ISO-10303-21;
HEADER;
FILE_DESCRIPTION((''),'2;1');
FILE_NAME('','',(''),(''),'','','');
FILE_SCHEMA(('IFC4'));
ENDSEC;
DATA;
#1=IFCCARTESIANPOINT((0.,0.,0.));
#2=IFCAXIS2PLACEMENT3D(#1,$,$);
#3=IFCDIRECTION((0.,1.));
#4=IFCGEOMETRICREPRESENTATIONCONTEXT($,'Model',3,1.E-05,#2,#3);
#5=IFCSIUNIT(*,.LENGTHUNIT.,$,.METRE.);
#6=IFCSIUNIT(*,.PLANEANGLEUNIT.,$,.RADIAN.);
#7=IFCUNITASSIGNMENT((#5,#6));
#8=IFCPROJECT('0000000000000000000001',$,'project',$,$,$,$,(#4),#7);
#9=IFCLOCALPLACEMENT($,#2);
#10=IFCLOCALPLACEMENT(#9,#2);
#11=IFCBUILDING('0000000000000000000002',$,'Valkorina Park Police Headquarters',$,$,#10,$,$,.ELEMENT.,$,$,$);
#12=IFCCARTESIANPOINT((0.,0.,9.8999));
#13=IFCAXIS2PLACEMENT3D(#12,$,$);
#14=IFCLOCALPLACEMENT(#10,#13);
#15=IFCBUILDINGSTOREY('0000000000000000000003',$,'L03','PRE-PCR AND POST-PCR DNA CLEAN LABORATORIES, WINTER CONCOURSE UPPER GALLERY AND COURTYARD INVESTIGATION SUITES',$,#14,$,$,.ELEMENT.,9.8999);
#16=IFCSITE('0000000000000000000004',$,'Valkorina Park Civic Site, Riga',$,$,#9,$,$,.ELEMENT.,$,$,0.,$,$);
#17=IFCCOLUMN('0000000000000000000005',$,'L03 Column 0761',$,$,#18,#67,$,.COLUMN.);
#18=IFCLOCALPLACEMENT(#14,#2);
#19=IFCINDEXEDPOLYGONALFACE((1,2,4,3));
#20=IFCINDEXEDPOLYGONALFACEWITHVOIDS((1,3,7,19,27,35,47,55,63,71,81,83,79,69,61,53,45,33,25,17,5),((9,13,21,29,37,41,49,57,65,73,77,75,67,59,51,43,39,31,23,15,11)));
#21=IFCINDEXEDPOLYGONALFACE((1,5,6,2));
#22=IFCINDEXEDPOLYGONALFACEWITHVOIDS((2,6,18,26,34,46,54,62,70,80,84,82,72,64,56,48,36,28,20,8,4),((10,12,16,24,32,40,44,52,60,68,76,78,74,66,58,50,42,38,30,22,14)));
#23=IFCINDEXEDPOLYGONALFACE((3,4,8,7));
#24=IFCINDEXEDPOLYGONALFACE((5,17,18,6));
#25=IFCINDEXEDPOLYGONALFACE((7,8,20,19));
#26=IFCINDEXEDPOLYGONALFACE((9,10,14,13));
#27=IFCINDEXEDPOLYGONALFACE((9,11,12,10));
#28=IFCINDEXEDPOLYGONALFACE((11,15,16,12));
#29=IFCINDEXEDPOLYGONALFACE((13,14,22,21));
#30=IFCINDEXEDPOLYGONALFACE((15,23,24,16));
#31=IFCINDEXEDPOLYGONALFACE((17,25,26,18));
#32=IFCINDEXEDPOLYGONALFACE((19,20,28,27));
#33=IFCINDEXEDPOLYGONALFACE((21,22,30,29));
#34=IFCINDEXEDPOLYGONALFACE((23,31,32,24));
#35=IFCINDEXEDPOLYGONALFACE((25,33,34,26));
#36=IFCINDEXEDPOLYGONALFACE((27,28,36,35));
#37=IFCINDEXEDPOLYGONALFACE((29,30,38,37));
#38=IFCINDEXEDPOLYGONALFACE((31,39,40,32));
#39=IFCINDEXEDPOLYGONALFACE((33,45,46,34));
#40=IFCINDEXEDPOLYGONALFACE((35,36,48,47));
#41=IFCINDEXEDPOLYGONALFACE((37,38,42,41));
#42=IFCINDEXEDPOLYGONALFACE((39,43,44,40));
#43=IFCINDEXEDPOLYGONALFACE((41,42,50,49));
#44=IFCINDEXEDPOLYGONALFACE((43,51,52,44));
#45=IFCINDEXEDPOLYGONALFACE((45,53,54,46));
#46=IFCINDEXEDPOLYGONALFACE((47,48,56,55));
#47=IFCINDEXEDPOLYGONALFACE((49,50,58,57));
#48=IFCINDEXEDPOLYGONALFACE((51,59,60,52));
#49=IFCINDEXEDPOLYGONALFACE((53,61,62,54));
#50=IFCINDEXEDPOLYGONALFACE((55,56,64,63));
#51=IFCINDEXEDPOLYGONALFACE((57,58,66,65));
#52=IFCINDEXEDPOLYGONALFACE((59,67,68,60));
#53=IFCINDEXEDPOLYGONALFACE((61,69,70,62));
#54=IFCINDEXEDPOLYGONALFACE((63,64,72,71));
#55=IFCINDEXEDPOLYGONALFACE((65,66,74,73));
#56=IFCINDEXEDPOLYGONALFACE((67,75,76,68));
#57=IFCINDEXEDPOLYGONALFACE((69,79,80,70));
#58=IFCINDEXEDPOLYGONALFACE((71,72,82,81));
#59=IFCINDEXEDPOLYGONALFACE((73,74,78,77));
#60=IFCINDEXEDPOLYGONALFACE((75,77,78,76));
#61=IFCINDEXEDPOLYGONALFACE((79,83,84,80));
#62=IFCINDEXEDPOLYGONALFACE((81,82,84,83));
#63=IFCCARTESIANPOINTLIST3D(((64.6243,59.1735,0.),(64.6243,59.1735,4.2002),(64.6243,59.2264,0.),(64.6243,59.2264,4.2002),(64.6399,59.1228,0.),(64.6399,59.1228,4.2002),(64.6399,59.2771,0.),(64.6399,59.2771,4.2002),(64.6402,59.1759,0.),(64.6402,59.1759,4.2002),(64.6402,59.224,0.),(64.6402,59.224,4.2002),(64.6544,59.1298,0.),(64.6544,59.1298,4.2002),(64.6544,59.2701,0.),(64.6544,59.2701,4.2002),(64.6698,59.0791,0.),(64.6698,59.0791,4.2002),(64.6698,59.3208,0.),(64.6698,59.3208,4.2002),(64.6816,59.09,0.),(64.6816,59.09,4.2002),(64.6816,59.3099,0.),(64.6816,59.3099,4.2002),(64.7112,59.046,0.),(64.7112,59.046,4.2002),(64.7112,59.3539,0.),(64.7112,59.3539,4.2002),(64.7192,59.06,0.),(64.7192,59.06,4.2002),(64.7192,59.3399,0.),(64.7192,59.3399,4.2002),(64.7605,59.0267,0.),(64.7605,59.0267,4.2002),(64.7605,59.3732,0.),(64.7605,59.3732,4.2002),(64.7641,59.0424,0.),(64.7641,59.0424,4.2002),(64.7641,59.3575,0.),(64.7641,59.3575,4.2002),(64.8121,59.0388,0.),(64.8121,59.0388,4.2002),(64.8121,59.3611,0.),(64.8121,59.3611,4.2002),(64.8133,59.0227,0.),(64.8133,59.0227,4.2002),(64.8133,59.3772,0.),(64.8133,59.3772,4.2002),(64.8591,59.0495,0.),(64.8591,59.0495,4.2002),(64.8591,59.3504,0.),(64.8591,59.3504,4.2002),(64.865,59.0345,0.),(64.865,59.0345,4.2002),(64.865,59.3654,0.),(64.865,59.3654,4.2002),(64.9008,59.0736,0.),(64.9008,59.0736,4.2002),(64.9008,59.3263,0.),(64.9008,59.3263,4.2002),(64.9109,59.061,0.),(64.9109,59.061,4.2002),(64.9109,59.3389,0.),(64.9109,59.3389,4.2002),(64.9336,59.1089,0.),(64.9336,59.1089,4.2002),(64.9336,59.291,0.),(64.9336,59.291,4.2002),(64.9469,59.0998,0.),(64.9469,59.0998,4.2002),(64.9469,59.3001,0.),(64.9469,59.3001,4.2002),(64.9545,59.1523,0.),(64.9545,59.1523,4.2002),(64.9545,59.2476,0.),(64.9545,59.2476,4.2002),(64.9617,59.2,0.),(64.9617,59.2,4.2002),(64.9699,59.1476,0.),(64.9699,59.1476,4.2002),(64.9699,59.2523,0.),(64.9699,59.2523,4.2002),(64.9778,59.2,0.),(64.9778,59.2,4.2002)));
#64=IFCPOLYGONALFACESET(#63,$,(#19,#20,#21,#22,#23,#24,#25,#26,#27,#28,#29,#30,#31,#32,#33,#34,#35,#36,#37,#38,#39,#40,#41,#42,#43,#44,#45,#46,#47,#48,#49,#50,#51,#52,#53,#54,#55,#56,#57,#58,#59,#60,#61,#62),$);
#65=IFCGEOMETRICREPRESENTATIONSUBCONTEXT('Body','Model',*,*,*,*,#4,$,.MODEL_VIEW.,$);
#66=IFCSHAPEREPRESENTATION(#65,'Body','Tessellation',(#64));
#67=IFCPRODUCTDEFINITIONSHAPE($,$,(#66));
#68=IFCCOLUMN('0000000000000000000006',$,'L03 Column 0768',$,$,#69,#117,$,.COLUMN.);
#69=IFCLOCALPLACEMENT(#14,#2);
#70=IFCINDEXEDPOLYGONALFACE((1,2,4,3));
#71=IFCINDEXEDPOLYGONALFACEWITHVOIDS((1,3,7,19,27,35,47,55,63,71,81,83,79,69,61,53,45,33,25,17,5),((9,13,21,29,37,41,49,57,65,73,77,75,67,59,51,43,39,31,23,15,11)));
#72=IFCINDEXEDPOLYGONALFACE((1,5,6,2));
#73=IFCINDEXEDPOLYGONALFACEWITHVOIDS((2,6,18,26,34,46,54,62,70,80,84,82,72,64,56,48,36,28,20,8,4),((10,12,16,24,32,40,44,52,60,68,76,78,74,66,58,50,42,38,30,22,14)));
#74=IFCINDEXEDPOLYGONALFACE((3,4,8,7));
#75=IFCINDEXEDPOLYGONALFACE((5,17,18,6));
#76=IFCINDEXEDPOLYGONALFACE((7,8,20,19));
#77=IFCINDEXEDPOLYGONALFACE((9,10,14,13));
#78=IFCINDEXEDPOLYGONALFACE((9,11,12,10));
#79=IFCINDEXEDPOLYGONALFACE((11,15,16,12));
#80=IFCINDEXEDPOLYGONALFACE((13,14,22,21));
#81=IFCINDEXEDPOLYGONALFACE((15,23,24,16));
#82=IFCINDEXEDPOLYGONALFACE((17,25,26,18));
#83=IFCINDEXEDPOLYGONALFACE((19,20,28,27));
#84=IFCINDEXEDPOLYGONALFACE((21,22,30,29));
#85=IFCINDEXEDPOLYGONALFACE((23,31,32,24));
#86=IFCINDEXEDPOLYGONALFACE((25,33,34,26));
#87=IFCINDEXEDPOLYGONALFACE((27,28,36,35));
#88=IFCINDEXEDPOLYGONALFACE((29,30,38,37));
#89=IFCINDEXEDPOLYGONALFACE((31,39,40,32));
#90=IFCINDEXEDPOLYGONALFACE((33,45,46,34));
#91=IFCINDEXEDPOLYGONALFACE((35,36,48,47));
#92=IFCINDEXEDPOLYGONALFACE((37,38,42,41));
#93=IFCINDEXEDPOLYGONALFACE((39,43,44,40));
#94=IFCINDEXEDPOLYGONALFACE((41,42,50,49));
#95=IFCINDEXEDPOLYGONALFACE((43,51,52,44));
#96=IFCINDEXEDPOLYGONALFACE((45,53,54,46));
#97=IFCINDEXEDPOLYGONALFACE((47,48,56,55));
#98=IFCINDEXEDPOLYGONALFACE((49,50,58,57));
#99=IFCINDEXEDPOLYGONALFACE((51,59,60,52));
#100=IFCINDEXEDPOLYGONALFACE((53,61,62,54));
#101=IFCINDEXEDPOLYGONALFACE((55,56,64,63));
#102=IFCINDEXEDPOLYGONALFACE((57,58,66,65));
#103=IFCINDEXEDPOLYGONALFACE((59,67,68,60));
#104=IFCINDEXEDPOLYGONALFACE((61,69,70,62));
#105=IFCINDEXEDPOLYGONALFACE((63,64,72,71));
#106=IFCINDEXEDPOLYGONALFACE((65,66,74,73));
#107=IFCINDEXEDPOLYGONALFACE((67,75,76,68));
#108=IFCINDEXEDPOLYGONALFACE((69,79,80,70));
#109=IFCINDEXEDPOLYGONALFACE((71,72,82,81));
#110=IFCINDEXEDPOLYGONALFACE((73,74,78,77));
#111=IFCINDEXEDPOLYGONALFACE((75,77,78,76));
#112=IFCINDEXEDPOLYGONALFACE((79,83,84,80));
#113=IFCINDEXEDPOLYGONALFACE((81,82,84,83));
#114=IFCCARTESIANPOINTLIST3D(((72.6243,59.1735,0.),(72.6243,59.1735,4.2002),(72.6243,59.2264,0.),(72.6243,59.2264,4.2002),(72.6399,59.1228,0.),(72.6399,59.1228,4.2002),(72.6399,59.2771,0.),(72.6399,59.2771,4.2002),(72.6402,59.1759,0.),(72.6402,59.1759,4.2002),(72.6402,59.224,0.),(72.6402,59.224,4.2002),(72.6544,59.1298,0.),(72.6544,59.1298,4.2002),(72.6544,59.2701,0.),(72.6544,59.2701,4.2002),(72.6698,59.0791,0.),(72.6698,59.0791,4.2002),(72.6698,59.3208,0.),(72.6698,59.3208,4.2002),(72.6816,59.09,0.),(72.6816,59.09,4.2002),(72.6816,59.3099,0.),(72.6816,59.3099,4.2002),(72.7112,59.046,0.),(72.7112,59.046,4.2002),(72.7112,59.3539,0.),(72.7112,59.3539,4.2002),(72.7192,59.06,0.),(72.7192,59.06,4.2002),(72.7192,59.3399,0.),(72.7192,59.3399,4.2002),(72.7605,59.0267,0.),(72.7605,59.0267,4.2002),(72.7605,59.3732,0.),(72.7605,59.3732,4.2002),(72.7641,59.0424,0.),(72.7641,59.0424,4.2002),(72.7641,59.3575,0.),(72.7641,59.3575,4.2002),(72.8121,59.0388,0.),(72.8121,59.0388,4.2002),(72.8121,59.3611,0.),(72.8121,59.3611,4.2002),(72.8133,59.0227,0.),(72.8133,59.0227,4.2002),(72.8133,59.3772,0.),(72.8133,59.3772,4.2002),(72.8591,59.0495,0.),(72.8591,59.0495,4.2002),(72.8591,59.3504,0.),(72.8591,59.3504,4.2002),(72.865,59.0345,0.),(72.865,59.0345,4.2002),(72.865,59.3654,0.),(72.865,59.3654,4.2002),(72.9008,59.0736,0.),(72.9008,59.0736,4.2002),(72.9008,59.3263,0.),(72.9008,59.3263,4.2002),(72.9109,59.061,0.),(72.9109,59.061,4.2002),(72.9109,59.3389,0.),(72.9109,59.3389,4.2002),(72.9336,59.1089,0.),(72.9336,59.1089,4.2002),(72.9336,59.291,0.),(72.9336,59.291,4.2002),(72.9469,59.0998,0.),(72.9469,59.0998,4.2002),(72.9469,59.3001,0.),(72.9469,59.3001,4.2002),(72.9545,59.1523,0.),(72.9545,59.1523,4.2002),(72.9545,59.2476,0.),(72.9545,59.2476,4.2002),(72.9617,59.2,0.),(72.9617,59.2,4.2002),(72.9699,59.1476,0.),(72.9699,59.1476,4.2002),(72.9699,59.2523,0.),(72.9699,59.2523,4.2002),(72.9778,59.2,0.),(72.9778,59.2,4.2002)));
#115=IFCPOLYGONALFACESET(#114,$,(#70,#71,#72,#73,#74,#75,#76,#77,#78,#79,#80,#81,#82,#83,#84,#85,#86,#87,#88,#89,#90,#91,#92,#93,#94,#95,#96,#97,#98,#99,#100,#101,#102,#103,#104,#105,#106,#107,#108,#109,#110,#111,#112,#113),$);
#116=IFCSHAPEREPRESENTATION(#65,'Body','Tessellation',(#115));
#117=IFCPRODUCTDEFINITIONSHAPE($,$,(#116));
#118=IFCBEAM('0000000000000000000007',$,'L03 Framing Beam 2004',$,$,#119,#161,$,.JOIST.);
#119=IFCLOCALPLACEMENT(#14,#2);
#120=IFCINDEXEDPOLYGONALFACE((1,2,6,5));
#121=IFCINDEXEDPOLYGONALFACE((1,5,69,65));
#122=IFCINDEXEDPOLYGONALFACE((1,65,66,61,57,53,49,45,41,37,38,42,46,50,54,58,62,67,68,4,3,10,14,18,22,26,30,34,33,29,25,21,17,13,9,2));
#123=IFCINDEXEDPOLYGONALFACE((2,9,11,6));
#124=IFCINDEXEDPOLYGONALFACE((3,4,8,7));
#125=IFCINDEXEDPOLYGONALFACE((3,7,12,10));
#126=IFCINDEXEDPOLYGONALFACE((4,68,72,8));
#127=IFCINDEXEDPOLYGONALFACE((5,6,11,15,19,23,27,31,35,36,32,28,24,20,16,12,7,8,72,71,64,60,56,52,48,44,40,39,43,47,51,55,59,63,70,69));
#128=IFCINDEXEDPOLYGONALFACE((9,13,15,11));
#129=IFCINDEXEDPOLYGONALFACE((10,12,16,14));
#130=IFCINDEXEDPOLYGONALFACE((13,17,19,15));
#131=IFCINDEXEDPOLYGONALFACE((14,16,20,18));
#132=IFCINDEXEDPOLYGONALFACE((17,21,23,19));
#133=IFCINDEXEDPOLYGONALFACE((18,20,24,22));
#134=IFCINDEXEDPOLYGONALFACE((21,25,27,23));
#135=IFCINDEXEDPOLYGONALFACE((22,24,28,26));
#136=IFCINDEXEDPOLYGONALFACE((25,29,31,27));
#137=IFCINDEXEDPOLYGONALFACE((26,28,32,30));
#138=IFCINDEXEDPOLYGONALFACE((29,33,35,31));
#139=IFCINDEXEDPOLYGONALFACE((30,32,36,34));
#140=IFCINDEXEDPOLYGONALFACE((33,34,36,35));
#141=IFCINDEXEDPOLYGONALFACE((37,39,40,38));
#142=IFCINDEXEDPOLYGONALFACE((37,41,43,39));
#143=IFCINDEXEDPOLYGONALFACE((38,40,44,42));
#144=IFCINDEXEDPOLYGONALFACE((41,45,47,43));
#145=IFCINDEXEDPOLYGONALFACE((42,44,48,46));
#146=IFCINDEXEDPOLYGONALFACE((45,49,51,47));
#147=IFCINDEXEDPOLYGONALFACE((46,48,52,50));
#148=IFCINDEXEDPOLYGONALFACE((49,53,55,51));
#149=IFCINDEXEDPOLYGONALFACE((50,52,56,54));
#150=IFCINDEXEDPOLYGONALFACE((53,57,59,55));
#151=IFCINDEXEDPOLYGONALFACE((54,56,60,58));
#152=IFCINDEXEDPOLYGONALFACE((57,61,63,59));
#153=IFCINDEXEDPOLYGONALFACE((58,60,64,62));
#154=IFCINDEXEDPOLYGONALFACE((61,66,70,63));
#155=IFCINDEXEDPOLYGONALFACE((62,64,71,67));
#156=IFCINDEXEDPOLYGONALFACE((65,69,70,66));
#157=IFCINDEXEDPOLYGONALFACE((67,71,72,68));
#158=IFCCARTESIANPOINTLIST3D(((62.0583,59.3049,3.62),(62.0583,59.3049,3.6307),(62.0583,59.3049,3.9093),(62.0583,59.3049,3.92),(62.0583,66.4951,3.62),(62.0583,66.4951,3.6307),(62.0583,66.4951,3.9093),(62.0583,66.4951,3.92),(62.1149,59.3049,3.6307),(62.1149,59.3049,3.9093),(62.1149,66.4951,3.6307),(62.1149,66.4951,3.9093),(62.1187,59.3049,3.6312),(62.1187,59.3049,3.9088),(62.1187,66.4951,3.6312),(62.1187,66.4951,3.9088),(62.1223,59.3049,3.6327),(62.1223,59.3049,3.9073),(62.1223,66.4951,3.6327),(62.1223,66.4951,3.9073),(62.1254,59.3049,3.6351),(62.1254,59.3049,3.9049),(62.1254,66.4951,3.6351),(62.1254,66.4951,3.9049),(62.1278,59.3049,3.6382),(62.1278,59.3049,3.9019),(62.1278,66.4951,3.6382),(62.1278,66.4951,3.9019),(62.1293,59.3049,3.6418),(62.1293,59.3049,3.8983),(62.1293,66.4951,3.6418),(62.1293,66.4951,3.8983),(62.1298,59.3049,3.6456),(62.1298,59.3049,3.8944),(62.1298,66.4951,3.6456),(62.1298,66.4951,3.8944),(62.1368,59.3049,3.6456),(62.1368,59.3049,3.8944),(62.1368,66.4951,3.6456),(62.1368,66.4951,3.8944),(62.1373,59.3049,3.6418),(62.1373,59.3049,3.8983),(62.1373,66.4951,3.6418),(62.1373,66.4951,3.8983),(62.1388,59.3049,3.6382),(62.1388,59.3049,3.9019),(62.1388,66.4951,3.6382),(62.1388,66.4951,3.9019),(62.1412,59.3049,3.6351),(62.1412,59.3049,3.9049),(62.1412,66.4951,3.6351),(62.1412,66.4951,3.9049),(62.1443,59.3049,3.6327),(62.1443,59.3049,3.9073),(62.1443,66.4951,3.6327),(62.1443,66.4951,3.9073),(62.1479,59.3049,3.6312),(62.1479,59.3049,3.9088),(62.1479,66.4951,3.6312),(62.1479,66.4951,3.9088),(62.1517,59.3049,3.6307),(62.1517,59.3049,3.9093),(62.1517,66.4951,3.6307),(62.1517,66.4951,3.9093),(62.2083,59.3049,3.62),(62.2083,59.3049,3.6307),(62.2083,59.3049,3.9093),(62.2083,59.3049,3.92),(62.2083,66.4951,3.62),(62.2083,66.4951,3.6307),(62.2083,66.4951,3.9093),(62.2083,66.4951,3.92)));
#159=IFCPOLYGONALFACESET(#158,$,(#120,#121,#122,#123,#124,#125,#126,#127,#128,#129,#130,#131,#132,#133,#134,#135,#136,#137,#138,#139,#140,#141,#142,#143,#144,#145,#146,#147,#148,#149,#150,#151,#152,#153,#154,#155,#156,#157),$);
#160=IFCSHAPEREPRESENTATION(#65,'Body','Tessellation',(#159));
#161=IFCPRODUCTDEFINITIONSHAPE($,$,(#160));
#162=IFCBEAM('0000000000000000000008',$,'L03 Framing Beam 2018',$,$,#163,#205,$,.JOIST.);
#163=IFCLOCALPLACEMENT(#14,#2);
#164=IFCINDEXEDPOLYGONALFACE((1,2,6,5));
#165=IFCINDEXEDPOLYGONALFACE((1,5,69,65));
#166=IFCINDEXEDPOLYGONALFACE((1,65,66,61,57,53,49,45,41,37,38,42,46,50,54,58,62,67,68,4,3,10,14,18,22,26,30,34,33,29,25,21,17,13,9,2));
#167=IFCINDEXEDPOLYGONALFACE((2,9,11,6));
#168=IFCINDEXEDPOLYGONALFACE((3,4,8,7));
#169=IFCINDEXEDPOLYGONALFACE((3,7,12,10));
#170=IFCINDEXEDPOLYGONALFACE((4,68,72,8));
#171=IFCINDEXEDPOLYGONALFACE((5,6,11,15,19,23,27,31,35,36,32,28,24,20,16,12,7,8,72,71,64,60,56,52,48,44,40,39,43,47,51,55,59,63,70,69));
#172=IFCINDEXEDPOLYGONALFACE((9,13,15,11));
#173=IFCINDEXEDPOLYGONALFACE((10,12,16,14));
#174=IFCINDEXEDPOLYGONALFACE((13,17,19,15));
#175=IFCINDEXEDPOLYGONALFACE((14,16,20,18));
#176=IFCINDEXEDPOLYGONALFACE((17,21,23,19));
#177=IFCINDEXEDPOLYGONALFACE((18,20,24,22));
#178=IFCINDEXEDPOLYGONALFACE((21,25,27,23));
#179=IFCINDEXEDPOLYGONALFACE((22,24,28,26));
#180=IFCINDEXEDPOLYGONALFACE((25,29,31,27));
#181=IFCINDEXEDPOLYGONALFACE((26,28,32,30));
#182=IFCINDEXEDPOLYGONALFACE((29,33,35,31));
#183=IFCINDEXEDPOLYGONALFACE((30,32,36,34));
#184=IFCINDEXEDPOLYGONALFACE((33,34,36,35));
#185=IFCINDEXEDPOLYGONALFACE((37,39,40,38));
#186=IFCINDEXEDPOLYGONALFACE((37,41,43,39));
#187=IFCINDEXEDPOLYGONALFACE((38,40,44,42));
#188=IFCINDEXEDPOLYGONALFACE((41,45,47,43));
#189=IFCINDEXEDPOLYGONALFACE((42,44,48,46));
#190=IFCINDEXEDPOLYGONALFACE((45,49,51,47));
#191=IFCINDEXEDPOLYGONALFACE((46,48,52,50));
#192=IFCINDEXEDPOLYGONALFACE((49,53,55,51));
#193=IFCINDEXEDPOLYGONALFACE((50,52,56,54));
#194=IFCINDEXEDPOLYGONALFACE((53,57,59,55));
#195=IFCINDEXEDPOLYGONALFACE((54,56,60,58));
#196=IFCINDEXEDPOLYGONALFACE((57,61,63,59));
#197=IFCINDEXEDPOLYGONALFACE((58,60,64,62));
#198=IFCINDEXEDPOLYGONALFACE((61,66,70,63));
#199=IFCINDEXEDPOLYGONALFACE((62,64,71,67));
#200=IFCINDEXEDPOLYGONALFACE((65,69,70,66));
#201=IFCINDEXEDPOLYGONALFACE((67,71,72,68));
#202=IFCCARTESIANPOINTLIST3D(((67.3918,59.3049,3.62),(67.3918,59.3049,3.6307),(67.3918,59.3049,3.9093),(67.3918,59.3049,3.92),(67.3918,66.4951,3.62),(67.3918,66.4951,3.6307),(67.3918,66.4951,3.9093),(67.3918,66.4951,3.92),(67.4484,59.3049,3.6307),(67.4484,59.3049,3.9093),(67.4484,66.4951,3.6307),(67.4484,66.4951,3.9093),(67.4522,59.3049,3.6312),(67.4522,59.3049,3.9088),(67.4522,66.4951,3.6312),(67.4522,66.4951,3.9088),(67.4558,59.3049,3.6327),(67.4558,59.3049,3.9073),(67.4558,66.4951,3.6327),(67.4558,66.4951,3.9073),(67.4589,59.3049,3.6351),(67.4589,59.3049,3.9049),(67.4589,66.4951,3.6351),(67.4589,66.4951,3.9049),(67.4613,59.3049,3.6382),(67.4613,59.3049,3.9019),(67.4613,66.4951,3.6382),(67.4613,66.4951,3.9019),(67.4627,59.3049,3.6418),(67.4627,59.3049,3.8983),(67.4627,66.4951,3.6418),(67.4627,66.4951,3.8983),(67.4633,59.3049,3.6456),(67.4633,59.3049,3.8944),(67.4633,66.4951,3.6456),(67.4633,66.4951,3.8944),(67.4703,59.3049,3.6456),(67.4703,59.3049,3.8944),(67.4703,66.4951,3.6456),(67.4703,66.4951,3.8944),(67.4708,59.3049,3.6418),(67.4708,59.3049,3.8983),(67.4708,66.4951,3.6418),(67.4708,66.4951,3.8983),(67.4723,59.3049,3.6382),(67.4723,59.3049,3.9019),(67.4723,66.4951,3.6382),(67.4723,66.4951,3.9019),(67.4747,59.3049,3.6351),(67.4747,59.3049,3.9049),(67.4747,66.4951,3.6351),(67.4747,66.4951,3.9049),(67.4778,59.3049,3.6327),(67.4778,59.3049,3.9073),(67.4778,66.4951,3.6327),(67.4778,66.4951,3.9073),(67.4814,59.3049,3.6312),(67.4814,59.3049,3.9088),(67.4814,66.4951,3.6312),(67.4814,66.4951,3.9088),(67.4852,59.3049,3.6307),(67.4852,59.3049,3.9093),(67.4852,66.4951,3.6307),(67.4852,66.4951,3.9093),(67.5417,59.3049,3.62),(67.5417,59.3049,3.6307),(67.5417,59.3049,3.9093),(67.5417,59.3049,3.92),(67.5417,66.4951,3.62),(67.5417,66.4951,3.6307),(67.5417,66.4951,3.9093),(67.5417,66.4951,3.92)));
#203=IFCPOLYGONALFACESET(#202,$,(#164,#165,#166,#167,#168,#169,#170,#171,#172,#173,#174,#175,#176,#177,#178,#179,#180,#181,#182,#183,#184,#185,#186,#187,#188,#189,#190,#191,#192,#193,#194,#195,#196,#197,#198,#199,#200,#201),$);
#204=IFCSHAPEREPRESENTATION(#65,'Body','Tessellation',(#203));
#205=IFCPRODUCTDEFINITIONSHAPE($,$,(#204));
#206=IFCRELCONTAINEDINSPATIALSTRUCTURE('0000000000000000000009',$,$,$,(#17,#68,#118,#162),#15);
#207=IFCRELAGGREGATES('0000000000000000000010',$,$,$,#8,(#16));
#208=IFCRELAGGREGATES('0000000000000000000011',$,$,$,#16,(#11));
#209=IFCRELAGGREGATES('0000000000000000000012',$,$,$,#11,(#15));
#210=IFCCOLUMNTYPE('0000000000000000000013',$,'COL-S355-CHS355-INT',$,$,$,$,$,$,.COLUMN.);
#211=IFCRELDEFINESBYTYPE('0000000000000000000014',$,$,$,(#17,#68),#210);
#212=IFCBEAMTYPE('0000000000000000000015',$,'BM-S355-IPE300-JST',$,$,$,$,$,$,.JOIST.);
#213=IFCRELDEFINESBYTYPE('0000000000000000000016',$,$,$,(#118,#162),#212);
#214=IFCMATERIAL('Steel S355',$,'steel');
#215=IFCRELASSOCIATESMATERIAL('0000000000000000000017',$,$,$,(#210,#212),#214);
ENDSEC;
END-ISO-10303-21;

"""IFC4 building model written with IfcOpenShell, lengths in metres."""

from ifc_helpers import new_model, si_unit, direction, frame, origin, origin_2d, place, context, subcontext, project, spatial, hollow_circle, i_section, extrude, material, material_profile, profile_set, type_object, element, save


model = new_model("IFC4")

# Units and contexts
model_context = context("Model", 3, precision=1e-05, world=origin(), true_north=direction((0.0, 1.0)))
body_context = subcontext(model_context, "Body", "Model", "MODEL_VIEW")
ifc_project = project(units=[si_unit("LENGTHUNIT", "METRE"), si_unit("PLANEANGLEUNIT", "RADIAN")], contexts=[model_context])

# Site, building, storey
site_placement = place(None, origin())
site = spatial("IfcSite", under=ifc_project, at=site_placement, Name="Valkorina Park Civic Site, Riga", CompositionType="ELEMENT", RefElevation=0.0)
building_placement = place(site_placement, origin())
building = spatial("IfcBuilding", under=site, at=building_placement, Name="Valkorina Park Police Headquarters", CompositionType="ELEMENT")
storey_placement = place(building_placement, frame((0.0, 0.0, 9.8999)))
storey = spatial("IfcBuildingStorey", under=building, at=storey_placement, Name="L03", Description="PRE-PCR AND POST-PCR DNA CLEAN LABORATORIES, WINTER CONCOURSE UPPER GALLERY AND COURTYARD INVESTIGATION SUITES", CompositionType="ELEMENT", Elevation=9.8999)

# Columns
ifc_material_1 = material(Name="Steel S355", Category="steel")
ifc_material_profile_1 = material_profile(ifc_material_1, hollow_circle(Radius=0.1777, WallThickness=0.0161, at=origin_2d()), Name="CHS 355.6x16")
ifc_profile_set_1 = profile_set([ifc_material_profile_1], Name="Steel S355")
column_type = type_object("IfcColumnType", Name="COL-S355-CHS355-INT", PredefinedType="COLUMN", material=ifc_profile_set_1)
for number, where, z_axis, x_axis, name in (
    (1, (64.8, 59.2, 0.0), (0.0, 0.0, 1.0), (1.0, 0.0, 0.0), "L03 Column 0761"),
    (2, (72.8, 59.2, 0.0), (0.0, 0.0, 1.0), (1.0, 0.0, 0.0), "L03 Column 0768"),
):
    element("IfcColumn", number, at=place(storey_placement, frame(where, z_axis=z_axis, x_axis=x_axis)), inside=storey, type_object=column_type, Name=name, PredefinedType="COLUMN", context=body_context, shape_type="SweptSolid", body=[
        extrude(hollow_circle(Radius=0.1777, WallThickness=0.0161, at=origin_2d()), origin(), (0.0, 0.0, 1.0), 4.2002),
    ])

# Beams
ifc_material_profile_2 = material_profile(ifc_material_1, i_section(OverallWidth=0.1499, OverallDepth=0.3, WebThickness=0.0071, FlangeThickness=0.0107, FilletRadius=0.0149, at=origin_2d()), Name="IPE 300")
ifc_profile_set_2 = profile_set([ifc_material_profile_2], Name="Steel S355")
beam_type_1 = type_object("IfcBeamType", Name="BM-S355-IPE300-JST", PredefinedType="JOIST", material=ifc_profile_set_2)
for number, where, z_axis, x_axis, name in (
    (3, (62.1333, 59.3049, 3.77), (0.0, 1.0, 0.0), (-1.0, 0.0, 0.0), "L03 Framing Beam 2004"),
    (4, (67.4668, 59.3049, 3.77), (0.0, 1.0, 0.0), (-1.0, 0.0, 0.0), "L03 Framing Beam 2018"),
):
    element("IfcBeam", number, at=place(storey_placement, frame(where, z_axis=z_axis, x_axis=x_axis)), inside=storey, type_object=beam_type_1, Name=name, PredefinedType="JOIST", context=body_context, shape_type="SweptSolid", body=[
        extrude(i_section(OverallWidth=0.1499, OverallDepth=0.3, WebThickness=0.0071, FlangeThickness=0.0107, FilletRadius=0.0149, at=origin_2d()), origin(), (0.0, 0.0, 1.0), 7.1902),
    ])

save(model, "model.ifc")
